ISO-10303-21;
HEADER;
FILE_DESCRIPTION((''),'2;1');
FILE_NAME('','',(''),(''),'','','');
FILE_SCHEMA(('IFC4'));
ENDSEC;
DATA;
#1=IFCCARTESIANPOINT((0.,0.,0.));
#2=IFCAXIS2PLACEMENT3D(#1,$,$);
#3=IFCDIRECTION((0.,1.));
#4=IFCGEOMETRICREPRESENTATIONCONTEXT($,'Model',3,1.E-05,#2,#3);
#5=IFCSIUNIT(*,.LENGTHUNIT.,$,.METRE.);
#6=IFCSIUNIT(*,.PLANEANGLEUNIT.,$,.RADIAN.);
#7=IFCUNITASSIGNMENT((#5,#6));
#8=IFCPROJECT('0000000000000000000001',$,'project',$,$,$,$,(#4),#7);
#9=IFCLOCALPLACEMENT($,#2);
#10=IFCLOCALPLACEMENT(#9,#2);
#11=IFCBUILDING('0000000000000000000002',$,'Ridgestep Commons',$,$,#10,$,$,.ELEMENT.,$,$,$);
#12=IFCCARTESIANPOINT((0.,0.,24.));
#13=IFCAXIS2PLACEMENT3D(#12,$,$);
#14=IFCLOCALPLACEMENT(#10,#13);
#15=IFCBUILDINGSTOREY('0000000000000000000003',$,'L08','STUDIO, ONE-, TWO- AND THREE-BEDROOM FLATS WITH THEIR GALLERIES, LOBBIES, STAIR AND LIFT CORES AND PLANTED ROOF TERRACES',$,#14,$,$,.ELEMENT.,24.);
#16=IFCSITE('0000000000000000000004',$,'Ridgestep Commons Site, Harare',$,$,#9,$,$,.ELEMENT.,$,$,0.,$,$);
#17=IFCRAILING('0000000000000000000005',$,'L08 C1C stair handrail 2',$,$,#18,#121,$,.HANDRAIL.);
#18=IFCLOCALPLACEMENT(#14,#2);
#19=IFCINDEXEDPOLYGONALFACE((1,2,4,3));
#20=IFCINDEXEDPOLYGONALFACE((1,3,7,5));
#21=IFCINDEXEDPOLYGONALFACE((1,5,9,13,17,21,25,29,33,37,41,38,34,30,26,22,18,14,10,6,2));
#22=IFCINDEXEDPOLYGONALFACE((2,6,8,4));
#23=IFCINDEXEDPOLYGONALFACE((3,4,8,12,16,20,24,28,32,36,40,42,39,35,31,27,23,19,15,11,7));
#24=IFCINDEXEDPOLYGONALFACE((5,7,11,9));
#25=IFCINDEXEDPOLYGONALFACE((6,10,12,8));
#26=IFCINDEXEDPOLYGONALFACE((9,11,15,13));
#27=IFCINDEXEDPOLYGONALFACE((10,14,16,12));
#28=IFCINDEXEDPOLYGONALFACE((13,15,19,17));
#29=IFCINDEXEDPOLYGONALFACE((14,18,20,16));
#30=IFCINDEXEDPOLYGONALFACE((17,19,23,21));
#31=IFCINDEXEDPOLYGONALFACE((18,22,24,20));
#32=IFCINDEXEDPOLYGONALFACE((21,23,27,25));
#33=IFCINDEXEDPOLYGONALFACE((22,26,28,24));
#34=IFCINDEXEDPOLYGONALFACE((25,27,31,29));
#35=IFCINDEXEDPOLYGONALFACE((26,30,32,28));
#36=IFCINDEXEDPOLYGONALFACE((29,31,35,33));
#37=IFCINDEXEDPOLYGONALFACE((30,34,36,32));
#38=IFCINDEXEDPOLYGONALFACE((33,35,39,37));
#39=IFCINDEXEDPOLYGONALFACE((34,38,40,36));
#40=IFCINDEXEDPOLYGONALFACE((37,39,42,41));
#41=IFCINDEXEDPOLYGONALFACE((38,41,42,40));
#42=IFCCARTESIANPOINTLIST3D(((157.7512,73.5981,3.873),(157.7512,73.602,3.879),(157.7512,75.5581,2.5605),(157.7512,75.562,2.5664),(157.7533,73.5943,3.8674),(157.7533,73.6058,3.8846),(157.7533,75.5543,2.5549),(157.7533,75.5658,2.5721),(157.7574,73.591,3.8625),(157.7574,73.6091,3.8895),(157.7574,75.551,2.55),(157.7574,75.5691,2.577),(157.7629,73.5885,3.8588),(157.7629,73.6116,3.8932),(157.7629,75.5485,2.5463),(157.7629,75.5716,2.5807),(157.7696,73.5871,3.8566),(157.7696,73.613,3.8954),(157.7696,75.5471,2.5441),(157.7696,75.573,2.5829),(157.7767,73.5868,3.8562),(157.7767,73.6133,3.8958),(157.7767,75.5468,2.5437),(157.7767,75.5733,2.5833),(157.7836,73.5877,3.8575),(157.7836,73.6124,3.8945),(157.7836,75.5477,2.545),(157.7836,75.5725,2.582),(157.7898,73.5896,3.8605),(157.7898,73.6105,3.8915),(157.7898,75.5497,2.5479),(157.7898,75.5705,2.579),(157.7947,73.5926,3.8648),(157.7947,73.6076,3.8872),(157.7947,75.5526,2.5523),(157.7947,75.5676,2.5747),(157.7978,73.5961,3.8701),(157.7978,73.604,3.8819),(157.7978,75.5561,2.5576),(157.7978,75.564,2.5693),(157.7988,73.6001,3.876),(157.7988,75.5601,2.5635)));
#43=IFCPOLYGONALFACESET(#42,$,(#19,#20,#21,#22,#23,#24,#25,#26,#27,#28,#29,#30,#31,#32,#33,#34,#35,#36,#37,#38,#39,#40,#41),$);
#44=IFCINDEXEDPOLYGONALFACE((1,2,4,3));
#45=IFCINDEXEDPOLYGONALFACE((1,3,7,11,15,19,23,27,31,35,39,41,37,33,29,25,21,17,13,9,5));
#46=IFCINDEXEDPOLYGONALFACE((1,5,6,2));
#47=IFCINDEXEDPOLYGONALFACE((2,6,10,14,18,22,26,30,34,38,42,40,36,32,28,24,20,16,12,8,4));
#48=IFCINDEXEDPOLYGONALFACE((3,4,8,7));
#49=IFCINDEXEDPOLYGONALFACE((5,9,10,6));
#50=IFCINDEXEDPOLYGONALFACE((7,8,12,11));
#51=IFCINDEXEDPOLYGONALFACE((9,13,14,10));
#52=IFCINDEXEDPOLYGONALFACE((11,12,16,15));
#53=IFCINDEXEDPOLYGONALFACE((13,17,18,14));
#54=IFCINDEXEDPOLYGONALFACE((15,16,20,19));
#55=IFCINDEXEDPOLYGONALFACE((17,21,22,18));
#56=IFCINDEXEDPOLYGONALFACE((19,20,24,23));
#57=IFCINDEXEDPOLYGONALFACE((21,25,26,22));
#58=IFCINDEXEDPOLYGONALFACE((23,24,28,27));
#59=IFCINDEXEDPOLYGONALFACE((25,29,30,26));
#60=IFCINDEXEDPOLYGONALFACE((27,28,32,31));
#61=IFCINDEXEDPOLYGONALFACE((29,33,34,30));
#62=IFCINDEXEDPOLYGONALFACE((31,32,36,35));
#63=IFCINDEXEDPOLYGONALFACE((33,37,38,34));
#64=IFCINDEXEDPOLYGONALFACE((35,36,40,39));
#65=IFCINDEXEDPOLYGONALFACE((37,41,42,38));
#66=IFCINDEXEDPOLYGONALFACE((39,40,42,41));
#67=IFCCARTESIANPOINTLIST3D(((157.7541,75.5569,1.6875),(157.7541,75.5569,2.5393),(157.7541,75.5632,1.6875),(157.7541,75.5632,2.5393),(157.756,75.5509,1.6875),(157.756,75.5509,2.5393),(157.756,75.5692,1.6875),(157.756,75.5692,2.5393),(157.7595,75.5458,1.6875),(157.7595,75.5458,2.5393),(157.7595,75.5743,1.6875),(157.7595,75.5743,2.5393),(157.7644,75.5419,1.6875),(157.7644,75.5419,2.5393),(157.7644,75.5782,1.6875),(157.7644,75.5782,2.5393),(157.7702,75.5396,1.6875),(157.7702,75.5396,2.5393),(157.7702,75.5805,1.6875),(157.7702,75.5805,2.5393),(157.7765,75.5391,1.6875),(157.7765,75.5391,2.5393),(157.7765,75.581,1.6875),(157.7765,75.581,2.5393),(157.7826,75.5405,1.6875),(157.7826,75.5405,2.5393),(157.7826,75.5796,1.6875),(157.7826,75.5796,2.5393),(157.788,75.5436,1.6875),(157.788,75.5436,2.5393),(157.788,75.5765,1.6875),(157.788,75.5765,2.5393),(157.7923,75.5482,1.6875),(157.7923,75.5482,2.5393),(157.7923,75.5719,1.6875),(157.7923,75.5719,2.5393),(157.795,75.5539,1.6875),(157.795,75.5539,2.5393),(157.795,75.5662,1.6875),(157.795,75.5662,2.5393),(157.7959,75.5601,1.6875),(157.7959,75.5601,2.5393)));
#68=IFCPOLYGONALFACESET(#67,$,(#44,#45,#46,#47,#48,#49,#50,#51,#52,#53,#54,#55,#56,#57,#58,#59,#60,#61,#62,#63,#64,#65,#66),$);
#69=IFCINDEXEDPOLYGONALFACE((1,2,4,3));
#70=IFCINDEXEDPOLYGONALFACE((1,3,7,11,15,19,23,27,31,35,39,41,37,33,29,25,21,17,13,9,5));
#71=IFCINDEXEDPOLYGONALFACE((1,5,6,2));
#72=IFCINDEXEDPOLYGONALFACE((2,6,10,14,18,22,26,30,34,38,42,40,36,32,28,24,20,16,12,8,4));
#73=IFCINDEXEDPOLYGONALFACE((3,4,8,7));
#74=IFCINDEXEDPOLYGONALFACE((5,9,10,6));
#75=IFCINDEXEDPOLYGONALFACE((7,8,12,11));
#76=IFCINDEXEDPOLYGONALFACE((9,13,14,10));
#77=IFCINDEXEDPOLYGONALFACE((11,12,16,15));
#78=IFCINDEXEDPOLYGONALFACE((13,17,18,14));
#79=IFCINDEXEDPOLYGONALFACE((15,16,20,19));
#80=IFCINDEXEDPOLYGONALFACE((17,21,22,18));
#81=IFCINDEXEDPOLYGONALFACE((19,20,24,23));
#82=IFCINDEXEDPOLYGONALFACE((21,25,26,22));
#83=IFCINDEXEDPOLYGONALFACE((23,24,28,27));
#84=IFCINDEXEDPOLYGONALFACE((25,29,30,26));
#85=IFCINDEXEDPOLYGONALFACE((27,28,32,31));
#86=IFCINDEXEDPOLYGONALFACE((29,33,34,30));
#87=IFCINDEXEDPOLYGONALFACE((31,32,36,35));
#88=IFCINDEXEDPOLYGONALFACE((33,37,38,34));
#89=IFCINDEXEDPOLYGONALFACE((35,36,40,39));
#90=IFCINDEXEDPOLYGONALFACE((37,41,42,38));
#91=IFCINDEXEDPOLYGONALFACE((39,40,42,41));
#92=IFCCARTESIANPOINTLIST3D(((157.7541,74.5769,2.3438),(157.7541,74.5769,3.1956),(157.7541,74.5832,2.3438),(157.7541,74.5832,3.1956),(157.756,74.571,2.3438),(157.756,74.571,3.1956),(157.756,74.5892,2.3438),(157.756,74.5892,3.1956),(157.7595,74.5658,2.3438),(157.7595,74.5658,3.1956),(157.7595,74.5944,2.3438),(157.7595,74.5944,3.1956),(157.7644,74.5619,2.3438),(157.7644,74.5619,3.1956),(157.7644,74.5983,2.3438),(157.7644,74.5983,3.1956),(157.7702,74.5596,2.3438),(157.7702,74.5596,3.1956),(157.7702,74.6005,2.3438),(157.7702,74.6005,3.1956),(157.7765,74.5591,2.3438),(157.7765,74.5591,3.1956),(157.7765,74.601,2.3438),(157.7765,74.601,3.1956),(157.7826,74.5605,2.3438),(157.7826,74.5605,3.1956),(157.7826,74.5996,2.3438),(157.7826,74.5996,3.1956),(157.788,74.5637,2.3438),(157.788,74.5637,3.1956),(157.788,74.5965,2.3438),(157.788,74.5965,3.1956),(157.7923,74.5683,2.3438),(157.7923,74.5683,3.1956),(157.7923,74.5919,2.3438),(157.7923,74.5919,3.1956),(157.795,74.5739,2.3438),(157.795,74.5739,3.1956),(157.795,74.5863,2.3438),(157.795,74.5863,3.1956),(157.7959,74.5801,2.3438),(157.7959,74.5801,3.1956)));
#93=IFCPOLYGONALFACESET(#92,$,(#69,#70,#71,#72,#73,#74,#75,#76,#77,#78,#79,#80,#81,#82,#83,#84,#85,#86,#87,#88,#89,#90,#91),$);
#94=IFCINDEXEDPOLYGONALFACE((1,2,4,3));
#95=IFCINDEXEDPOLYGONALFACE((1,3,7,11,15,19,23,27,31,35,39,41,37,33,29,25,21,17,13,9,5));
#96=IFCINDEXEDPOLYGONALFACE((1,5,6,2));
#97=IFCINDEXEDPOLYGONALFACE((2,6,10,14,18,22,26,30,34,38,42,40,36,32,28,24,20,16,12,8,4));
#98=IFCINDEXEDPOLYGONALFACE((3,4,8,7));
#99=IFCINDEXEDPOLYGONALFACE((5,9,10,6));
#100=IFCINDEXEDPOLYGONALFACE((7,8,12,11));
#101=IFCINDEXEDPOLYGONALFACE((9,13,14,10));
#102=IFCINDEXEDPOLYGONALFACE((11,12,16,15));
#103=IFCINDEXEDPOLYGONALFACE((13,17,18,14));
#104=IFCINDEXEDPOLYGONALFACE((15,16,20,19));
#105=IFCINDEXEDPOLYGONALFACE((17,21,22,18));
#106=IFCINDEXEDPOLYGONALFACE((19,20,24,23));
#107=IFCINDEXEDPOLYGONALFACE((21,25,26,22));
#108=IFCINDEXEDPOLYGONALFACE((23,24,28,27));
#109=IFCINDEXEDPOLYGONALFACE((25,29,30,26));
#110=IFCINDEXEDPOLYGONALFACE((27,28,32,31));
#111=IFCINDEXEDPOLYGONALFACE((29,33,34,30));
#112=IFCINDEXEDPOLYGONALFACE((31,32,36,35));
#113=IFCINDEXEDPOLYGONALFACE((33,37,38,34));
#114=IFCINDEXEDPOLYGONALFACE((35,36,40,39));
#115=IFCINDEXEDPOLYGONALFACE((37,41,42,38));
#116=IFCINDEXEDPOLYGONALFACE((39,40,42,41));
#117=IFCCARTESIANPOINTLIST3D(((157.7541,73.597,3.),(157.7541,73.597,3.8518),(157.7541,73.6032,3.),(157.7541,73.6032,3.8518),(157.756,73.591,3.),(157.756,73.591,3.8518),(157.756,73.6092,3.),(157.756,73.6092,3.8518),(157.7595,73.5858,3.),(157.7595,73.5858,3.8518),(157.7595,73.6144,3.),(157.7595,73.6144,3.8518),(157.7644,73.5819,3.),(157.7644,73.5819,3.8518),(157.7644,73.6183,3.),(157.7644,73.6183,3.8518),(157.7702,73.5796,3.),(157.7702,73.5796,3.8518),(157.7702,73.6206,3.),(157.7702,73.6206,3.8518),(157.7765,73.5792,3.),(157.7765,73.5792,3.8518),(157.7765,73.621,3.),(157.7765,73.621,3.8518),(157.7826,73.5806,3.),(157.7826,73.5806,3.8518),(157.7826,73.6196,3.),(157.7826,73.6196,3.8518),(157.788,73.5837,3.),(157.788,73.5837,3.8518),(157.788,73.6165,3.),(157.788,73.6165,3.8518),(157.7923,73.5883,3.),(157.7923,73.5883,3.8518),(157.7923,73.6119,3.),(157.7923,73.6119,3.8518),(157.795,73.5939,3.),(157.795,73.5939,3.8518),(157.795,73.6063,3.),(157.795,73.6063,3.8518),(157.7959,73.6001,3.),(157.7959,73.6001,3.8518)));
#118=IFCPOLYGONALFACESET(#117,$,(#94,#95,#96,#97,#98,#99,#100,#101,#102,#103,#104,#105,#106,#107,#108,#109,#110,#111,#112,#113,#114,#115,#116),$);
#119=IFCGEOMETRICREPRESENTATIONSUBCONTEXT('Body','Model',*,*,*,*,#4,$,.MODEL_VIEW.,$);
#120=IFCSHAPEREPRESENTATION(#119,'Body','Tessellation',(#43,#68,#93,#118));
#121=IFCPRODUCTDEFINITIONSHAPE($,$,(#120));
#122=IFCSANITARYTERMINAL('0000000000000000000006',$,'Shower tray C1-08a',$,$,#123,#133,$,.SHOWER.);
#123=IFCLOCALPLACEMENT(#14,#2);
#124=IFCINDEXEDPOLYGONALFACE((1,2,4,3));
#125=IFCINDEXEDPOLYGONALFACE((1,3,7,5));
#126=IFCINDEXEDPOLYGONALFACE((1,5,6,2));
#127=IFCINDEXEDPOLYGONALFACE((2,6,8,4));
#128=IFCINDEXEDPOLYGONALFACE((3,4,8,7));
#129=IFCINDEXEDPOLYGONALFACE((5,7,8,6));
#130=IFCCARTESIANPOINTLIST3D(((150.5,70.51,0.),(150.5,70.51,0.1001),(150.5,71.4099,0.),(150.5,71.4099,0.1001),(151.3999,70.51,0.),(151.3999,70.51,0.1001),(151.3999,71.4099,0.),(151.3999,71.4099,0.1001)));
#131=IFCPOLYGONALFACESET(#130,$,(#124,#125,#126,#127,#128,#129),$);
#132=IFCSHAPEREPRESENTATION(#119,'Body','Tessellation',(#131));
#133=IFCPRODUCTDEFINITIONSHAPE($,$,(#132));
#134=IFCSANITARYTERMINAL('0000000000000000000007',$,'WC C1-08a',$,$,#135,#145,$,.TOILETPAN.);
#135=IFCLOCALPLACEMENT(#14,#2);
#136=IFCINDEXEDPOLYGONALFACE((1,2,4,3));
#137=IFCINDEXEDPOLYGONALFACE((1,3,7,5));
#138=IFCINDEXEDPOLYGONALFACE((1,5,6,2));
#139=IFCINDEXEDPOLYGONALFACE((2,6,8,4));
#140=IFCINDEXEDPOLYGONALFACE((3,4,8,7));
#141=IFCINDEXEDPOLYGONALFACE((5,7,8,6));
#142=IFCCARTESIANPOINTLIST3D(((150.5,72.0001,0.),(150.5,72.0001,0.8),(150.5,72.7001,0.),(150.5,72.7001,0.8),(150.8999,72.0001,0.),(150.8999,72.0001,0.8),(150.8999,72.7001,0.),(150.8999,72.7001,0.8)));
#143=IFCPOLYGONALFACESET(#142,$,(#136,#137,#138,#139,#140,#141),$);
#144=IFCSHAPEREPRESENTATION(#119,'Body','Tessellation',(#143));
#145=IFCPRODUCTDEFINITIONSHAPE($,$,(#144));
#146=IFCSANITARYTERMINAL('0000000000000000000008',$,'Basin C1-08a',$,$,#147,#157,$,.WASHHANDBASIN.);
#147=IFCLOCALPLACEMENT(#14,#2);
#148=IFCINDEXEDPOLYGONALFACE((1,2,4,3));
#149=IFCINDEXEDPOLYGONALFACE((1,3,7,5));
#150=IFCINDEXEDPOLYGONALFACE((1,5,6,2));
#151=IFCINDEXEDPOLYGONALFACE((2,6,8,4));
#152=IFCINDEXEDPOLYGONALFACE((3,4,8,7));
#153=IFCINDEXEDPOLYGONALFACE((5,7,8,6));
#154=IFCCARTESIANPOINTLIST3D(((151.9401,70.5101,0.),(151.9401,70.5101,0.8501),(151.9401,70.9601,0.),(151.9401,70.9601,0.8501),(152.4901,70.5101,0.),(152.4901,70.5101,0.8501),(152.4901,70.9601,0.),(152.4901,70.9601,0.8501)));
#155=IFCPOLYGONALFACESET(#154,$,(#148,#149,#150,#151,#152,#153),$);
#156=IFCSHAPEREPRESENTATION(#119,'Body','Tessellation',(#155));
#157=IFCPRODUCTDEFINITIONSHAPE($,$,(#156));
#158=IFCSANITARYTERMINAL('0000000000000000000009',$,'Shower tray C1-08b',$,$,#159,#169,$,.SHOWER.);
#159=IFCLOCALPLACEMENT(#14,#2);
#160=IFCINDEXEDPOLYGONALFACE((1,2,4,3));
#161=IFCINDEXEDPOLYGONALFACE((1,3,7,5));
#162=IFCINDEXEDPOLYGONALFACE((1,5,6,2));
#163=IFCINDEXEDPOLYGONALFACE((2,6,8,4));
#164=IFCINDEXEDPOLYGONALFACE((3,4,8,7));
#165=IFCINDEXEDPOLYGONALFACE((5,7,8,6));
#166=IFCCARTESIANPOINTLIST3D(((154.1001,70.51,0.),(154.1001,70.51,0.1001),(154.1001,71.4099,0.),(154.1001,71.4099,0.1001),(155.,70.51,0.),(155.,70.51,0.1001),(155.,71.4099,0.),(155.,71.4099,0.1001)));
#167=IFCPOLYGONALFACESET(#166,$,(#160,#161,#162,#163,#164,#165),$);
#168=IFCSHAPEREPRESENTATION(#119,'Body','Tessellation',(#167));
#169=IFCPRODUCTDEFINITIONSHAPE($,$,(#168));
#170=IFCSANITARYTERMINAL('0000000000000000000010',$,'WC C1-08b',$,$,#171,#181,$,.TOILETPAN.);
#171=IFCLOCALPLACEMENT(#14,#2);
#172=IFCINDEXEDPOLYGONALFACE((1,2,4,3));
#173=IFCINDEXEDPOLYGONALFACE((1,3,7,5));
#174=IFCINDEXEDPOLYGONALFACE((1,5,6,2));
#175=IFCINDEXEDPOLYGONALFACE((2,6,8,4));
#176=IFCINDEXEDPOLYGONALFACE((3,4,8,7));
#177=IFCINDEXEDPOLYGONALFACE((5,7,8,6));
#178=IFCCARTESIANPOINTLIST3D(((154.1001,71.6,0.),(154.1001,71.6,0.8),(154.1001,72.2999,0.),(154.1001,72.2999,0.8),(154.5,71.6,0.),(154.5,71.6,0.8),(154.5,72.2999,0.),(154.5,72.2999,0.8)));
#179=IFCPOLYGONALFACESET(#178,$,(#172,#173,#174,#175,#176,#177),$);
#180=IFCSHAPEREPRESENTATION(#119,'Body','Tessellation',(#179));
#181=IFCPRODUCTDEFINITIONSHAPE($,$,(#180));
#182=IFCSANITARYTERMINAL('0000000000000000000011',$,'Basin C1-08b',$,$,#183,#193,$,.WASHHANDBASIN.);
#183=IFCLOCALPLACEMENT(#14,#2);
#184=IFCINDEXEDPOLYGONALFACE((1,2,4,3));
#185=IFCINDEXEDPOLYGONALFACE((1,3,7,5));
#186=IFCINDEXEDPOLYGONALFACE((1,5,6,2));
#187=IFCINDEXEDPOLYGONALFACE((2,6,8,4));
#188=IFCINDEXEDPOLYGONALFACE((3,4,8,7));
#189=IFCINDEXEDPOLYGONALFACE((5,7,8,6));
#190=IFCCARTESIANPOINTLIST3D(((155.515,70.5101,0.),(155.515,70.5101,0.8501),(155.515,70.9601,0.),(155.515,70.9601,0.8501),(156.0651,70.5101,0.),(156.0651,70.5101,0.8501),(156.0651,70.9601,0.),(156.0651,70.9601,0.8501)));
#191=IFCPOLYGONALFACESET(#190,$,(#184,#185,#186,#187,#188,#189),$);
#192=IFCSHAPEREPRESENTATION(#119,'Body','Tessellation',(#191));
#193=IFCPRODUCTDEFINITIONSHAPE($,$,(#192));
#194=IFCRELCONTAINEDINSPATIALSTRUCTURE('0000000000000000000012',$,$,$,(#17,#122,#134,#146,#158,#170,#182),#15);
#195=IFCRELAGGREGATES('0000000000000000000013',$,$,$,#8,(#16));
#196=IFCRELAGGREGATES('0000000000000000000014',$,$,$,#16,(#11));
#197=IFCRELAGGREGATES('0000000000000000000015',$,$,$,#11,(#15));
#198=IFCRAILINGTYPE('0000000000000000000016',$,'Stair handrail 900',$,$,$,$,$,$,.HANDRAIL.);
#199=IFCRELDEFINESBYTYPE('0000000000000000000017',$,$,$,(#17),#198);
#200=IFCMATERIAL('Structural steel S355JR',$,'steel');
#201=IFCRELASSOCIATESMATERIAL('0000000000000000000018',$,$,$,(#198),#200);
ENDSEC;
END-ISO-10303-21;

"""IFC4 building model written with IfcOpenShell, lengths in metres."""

from ifc_helpers import new_model, si_unit, direction, frame, origin, origin_2d, place, context, subcontext, project, spatial, rectangle, circle, extrude, material, type_object, element, save


model = new_model("IFC4")

# Units and contexts
model_context = context("Model", 3, precision=1e-05, world=origin(), true_north=direction((0.0, 1.0)))
body_context = subcontext(model_context, "Body", "Model", "MODEL_VIEW")
ifc_project = project(units=[si_unit("LENGTHUNIT", "METRE"), si_unit("PLANEANGLEUNIT", "RADIAN")], contexts=[model_context])

# Site, building, storey
site_placement = place(None, origin())
site = spatial("IfcSite", under=ifc_project, at=site_placement, Name="Ridgestep Commons Site, Harare", CompositionType="ELEMENT", RefElevation=0.0)
building_placement = place(site_placement, origin())
building = spatial("IfcBuilding", under=site, at=building_placement, Name="Ridgestep Commons", CompositionType="ELEMENT")
storey_placement = place(building_placement, frame((0.0, 0.0, 24.0)))
storey = spatial("IfcBuildingStorey", under=building, at=storey_placement, Name="L08", Description="STUDIO, ONE-, TWO- AND THREE-BEDROOM FLATS WITH THEIR GALLERIES, LOBBIES, STAIR AND LIFT CORES AND PLANTED ROOF TERRACES", CompositionType="ELEMENT", Elevation=24.0)

# Railing
ifc_material_1 = material(Name="Structural steel S355JR", Category="steel")
railing_type_1 = type_object("IfcRailingType", Name="Stair handrail 900", PredefinedType="HANDRAIL", material=ifc_material_1)
railing_1_placement = place(storey_placement, frame((157.7749, 75.5601, 1.6875)))
element("IfcRailing", 1, at=railing_1_placement, inside=storey, type_object=railing_type_1, Name="L08 C1C stair handrail 2", PredefinedType="HANDRAIL", context=body_context, shape_type="SweptSolid", body=[
    extrude(circle(Radius=0.0239, at=origin_2d()), frame((0.0, 0.0, 0.876), z_axis=(0.0, -0.830902, 0.556419), x_axis=(1.0, 0.0, 0.0)), (0.0, 0.0, 1.0), 2.3589),
    extrude(circle(Radius=0.021, at=origin_2d()), origin(), (0.0, 0.0, 1.0), 0.8518),
    extrude(circle(Radius=0.021, at=origin_2d()), frame((0.0, -0.98, 0.6562)), (0.0, 0.0, 1.0), 0.8518),
    extrude(circle(Radius=0.021, at=origin_2d()), frame((0.0, -1.96, 1.3125)), (0.0, 0.0, 1.0), 0.8518),
])

# Sanitary terminals
sanitary_terminal_1_placement = place(storey_placement, frame((150.95, 70.96, 0.0), z_axis=(0.0, 0.0, 1.0), x_axis=(1.0, 0.0, 0.0)))
element("IfcSanitaryTerminal", 2, at=sanitary_terminal_1_placement, inside=storey, Name="Shower tray C1-08a", PredefinedType="SHOWER", context=body_context, shape_type="SweptSolid", body=[
    extrude(rectangle(XDim=0.8999, YDim=0.8999, at=origin_2d()), origin(), (0.0, 0.0, 1.0), 0.1001),
])
sanitary_terminal_2_placement = place(storey_placement, frame((150.7, 72.3501, 0.0), z_axis=(0.0, 0.0, 1.0), x_axis=(1.0, 0.0, 0.0)))
element("IfcSanitaryTerminal", 3, at=sanitary_terminal_2_placement, inside=storey, Name="WC C1-08a", PredefinedType="TOILETPAN", context=body_context, shape_type="SweptSolid", body=[
    extrude(rectangle(XDim=0.3999, YDim=0.7, at=origin_2d()), origin(), (0.0, 0.0, 1.0), 0.8),
])
sanitary_terminal_3_placement = place(storey_placement, frame((152.2151, 70.7351, 0.0), z_axis=(0.0, 0.0, 1.0), x_axis=(1.0, 0.0, 0.0)))
element("IfcSanitaryTerminal", 4, at=sanitary_terminal_3_placement, inside=storey, Name="Basin C1-08a", PredefinedType="WASHHANDBASIN", context=body_context, shape_type="SweptSolid", body=[
    extrude(rectangle(XDim=0.55, YDim=0.45, at=origin_2d()), origin(), (0.0, 0.0, 1.0), 0.8501),
])
sanitary_terminal_4_placement = place(storey_placement, frame((154.55, 70.96, 0.0), z_axis=(0.0, 0.0, 1.0), x_axis=(1.0, 0.0, 0.0)))
element("IfcSanitaryTerminal", 5, at=sanitary_terminal_4_placement, inside=storey, Name="Shower tray C1-08b", PredefinedType="SHOWER", context=body_context, shape_type="SweptSolid", body=[
    extrude(rectangle(XDim=0.8999, YDim=0.8999, at=origin_2d()), origin(), (0.0, 0.0, 1.0), 0.1001),
])
sanitary_terminal_5_placement = place(storey_placement, frame((154.3, 71.95, 0.0), z_axis=(0.0, 0.0, 1.0), x_axis=(1.0, 0.0, 0.0)))
element("IfcSanitaryTerminal", 6, at=sanitary_terminal_5_placement, inside=storey, Name="WC C1-08b", PredefinedType="TOILETPAN", context=body_context, shape_type="SweptSolid", body=[
    extrude(rectangle(XDim=0.3999, YDim=0.7, at=origin_2d()), origin(), (0.0, 0.0, 1.0), 0.8),
])
sanitary_terminal_6_placement = place(storey_placement, frame((155.79, 70.7351, 0.0), z_axis=(0.0, 0.0, 1.0), x_axis=(1.0, 0.0, 0.0)))
element("IfcSanitaryTerminal", 7, at=sanitary_terminal_6_placement, inside=storey, Name="Basin C1-08b", PredefinedType="WASHHANDBASIN", context=body_context, shape_type="SweptSolid", body=[
    extrude(rectangle(XDim=0.55, YDim=0.45, at=origin_2d()), origin(), (0.0, 0.0, 1.0), 0.8501),
])

save(model, "model.ifc")
